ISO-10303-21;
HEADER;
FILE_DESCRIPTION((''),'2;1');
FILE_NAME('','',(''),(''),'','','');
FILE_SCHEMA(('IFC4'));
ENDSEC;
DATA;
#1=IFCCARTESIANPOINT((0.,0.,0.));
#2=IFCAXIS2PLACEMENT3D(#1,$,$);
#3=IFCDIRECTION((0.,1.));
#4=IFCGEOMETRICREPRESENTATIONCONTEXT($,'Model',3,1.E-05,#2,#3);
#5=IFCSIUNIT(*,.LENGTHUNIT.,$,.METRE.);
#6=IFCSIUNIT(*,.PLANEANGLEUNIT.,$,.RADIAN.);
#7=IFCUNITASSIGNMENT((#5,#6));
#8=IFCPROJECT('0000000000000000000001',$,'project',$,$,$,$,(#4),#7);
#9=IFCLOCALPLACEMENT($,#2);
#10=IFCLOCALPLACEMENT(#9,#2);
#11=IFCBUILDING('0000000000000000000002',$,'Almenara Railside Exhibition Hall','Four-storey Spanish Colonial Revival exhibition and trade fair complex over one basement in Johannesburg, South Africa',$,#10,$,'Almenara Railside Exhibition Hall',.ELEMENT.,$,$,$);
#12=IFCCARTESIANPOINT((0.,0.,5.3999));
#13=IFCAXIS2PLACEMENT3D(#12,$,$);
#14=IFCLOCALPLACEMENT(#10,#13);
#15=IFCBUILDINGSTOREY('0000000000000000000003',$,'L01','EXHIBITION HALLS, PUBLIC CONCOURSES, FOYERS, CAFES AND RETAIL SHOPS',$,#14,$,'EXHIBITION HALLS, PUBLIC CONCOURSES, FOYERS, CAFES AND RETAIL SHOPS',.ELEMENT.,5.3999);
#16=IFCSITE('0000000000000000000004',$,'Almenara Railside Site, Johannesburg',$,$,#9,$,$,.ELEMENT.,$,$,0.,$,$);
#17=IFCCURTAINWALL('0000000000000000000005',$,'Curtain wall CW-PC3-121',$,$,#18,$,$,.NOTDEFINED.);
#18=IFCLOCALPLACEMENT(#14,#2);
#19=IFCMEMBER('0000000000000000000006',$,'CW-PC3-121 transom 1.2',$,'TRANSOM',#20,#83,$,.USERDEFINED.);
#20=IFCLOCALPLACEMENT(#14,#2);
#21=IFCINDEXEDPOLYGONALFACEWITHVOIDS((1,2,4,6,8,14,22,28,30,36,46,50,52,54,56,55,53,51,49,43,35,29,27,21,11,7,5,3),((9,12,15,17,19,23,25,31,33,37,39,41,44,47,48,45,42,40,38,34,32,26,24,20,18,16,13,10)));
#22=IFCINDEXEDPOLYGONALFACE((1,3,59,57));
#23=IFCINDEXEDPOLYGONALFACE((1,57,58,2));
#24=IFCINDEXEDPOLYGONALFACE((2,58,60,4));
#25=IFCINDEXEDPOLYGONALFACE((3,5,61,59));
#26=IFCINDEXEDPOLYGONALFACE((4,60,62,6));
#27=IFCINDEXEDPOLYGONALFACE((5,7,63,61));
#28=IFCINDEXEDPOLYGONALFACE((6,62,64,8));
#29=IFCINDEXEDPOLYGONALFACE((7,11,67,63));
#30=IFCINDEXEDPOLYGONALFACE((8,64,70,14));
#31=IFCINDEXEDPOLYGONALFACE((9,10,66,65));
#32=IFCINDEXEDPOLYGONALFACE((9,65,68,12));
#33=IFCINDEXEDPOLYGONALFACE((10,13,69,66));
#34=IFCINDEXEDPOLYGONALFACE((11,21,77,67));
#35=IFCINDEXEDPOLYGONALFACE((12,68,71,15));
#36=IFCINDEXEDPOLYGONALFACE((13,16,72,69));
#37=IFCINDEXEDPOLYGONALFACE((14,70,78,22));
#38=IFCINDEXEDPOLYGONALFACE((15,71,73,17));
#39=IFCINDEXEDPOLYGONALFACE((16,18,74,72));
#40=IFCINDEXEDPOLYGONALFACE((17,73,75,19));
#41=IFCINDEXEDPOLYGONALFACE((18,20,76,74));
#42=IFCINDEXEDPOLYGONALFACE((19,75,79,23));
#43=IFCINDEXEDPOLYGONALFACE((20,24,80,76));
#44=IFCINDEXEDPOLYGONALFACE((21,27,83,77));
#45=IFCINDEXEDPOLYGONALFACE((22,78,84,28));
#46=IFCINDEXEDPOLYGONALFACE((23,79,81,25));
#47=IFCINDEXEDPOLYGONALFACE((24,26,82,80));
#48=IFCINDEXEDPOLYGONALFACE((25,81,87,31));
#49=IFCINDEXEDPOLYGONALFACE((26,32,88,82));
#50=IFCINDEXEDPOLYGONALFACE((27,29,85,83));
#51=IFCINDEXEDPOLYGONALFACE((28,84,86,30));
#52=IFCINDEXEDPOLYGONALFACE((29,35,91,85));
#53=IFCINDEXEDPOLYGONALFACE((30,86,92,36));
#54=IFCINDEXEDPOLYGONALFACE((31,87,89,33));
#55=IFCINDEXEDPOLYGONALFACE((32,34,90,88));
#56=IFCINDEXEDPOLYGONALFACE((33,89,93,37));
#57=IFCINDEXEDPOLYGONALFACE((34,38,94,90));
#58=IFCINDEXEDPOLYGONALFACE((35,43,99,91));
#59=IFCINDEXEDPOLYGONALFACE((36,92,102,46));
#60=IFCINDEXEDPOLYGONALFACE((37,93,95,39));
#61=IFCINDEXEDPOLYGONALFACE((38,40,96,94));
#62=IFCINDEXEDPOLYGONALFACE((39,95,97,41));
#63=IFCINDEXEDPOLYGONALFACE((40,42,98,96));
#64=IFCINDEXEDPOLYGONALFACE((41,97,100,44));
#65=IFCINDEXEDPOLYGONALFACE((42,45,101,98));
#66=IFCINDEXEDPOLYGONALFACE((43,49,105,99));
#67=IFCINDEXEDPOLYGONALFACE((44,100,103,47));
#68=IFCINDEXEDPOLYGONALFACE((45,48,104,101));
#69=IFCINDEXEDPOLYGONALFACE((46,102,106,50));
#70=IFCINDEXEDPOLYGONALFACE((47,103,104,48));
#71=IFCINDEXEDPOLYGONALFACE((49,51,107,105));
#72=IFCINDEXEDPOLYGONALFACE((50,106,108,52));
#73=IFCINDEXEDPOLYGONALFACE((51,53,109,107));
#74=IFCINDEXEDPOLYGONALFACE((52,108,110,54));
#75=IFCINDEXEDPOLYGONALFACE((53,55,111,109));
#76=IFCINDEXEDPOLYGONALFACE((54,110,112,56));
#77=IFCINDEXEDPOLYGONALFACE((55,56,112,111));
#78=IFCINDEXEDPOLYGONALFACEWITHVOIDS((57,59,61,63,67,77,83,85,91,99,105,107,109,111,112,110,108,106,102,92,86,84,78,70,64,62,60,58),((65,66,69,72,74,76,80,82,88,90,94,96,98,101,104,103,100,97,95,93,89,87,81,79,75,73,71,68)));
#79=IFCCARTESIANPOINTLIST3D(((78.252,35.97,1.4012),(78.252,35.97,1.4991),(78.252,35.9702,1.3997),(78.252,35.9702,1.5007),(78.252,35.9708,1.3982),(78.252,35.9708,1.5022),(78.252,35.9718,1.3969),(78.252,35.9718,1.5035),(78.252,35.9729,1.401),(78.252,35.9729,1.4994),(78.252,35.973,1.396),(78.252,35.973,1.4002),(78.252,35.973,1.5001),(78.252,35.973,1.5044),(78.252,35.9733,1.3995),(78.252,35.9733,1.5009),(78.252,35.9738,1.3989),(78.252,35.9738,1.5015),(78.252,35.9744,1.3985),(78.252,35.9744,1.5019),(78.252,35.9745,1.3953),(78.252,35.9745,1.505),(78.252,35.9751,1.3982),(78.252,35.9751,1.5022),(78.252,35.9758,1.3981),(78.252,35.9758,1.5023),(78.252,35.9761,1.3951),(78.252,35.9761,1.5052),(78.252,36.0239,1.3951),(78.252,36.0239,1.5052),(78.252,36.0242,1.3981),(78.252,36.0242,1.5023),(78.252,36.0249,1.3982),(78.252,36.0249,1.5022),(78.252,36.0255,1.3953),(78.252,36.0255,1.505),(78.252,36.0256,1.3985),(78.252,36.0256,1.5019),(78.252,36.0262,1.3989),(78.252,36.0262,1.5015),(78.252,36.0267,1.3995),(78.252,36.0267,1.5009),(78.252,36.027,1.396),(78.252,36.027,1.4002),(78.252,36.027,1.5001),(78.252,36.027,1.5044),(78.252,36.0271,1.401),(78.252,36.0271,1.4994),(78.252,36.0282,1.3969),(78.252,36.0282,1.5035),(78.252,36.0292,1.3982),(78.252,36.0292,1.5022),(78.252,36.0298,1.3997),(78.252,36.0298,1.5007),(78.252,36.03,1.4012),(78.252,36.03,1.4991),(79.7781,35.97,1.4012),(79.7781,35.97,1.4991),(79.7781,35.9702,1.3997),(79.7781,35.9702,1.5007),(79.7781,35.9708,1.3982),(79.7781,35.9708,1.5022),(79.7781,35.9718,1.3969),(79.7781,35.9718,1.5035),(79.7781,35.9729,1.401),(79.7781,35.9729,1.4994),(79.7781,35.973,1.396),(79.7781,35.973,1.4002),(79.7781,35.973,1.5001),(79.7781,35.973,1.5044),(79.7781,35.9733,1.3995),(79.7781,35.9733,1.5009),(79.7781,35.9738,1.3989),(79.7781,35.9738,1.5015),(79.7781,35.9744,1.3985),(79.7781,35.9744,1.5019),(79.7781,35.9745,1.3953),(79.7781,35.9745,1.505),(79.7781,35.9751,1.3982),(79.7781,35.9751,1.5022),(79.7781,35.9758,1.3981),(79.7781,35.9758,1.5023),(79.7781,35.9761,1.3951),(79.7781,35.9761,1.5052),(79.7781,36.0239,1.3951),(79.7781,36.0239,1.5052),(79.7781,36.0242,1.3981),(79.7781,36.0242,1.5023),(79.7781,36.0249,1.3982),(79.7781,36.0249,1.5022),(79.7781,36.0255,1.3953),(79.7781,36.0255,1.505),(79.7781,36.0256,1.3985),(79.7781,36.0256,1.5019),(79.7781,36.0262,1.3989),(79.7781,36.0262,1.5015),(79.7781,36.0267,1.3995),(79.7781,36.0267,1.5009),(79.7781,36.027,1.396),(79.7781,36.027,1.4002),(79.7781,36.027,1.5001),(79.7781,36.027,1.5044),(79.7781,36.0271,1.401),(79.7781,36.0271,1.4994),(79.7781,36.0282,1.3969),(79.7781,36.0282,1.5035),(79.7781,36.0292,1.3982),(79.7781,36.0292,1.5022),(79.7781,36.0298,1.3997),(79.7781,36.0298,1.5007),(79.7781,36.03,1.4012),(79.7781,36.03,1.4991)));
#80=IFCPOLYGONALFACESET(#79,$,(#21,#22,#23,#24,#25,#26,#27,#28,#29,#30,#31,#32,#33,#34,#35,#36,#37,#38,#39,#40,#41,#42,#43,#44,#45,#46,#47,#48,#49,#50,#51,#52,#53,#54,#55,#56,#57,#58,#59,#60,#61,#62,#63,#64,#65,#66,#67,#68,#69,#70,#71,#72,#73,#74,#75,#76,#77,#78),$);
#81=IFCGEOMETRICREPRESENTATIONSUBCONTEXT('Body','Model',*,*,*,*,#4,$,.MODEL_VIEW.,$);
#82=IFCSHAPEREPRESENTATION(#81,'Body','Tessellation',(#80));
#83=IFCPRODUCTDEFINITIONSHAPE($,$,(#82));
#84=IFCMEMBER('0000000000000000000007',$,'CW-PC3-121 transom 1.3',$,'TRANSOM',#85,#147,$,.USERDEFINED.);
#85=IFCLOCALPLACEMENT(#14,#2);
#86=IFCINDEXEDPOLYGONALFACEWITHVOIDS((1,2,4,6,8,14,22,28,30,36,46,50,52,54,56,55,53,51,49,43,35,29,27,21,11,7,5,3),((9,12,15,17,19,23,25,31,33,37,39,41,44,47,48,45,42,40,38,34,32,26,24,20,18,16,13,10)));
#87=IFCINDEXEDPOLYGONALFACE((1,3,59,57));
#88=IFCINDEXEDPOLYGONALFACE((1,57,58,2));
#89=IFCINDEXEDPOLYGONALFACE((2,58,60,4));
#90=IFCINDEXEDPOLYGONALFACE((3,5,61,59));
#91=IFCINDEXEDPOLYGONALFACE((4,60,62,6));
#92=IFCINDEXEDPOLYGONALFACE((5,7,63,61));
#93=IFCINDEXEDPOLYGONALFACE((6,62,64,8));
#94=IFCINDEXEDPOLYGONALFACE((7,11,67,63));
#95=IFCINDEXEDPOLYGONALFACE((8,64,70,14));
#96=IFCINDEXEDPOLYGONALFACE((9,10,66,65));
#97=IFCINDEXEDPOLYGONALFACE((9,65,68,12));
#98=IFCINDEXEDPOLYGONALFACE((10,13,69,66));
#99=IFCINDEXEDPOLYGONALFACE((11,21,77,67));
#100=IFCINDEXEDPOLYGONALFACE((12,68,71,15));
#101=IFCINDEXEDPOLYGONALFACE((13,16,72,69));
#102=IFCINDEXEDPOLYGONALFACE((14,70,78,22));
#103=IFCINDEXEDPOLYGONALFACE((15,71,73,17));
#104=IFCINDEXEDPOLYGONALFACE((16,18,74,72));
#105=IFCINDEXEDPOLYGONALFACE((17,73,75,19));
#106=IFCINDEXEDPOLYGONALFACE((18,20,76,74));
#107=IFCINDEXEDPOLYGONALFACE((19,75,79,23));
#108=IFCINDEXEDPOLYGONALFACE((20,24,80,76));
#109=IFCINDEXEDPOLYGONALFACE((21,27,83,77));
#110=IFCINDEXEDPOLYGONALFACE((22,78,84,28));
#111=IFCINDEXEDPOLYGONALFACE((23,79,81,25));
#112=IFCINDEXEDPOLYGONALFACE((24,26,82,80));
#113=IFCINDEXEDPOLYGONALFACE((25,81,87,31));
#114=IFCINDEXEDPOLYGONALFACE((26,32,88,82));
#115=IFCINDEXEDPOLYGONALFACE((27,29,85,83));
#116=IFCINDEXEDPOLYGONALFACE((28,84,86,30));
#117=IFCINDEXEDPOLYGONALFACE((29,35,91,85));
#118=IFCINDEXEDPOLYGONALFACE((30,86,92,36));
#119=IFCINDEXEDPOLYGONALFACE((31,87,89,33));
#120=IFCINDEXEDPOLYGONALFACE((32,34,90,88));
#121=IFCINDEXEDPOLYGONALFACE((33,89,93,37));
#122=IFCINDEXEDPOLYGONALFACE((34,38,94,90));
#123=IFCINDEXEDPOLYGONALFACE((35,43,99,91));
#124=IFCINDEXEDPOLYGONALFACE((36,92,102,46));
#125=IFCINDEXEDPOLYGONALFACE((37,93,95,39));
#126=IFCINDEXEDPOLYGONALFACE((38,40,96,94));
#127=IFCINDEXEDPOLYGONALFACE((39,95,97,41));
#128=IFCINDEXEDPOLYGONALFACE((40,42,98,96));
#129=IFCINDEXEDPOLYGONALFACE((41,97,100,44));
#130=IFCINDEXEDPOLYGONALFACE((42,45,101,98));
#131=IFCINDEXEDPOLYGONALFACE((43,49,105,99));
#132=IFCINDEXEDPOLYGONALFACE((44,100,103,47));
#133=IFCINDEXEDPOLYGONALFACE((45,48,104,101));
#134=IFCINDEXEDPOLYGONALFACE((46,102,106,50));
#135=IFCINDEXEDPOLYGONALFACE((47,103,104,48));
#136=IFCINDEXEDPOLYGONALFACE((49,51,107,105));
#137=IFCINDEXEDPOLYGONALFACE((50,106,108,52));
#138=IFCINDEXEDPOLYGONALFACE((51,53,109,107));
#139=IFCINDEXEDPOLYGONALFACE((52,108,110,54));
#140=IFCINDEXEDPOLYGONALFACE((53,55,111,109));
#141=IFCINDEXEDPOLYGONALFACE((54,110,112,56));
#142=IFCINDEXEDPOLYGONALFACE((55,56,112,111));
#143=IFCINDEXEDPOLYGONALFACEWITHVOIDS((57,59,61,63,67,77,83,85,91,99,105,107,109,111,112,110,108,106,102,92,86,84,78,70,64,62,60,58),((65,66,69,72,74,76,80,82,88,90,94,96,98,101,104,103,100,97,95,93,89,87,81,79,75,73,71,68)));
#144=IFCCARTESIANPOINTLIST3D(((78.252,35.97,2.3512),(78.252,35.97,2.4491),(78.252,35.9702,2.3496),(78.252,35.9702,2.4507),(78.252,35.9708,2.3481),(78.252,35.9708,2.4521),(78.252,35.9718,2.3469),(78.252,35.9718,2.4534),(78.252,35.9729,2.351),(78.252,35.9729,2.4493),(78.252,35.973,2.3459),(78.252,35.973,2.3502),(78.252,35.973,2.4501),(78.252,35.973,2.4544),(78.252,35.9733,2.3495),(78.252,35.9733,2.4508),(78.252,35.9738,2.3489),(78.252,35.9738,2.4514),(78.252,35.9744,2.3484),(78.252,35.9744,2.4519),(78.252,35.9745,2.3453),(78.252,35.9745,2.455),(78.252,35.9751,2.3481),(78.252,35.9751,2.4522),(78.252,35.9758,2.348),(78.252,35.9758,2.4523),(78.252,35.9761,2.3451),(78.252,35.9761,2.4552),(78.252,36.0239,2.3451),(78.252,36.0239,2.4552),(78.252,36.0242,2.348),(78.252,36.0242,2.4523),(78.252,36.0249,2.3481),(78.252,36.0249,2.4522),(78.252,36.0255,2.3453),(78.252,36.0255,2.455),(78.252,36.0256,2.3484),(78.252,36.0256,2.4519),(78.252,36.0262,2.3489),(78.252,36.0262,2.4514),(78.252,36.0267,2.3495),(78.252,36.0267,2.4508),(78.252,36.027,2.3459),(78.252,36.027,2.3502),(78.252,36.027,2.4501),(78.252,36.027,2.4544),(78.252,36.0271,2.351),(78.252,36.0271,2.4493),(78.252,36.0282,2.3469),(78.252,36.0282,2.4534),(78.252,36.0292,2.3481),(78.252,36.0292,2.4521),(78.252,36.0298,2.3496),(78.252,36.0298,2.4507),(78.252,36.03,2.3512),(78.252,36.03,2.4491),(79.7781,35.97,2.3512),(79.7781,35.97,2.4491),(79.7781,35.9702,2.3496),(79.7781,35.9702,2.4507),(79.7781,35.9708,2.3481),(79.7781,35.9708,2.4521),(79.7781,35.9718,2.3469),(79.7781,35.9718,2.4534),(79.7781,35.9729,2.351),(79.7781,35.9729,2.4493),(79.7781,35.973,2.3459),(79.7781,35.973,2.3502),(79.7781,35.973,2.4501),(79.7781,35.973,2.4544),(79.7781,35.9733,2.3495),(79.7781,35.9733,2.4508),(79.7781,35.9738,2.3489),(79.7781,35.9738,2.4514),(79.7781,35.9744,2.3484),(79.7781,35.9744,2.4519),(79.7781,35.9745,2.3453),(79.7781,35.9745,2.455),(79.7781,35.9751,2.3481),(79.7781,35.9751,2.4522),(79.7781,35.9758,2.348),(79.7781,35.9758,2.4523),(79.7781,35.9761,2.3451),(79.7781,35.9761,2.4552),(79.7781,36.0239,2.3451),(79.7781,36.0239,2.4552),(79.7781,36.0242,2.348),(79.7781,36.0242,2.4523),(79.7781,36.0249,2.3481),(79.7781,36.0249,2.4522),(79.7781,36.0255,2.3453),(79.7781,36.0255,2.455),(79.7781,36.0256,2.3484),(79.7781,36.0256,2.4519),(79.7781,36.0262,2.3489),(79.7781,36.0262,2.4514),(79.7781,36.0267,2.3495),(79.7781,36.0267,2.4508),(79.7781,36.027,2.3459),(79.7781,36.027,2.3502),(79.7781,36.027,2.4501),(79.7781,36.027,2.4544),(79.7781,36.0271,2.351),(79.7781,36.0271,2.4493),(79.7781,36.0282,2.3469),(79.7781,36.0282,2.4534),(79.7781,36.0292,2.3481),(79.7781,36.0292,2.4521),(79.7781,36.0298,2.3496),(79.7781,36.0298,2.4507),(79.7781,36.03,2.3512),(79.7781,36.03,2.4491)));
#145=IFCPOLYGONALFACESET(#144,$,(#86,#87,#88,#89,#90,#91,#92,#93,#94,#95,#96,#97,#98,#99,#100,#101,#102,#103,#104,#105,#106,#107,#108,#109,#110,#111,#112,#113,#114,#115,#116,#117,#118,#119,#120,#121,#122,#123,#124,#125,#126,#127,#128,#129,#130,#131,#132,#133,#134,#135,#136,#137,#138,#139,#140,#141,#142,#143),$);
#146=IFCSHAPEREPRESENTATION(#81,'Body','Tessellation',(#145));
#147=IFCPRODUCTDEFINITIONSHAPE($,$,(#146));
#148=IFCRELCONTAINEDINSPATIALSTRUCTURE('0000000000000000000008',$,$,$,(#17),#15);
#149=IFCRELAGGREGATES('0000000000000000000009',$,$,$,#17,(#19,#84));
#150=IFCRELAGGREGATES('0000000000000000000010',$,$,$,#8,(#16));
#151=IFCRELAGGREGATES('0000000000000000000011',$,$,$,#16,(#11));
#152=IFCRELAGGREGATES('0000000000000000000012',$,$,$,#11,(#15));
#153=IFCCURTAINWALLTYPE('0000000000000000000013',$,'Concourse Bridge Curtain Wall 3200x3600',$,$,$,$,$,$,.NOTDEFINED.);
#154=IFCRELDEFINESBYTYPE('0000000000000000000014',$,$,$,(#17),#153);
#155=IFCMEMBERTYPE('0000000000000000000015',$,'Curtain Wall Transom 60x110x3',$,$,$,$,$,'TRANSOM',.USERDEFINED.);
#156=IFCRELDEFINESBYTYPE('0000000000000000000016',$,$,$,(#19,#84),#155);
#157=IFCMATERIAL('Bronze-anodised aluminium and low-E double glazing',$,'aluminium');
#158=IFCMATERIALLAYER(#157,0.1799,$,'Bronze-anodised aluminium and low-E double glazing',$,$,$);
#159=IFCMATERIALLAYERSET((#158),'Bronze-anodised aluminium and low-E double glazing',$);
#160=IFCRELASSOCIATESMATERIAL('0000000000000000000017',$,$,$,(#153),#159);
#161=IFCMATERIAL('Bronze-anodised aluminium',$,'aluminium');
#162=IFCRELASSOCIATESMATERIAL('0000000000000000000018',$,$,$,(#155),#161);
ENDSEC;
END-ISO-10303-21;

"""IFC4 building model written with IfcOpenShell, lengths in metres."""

from ifc_helpers import new_model, si_unit, direction, frame, origin, origin_2d, place, context, subcontext, project, spatial, hollow_rectangle, extrude, material, layer, layer_set, material_profile, profile_set, type_object, element, aggregate, save


model = new_model("IFC4")

# Units and contexts
model_context = context("Model", 3, precision=1e-05, world=origin(), true_north=direction((0.0, 1.0)))
body_context = subcontext(model_context, "Body", "Model", "MODEL_VIEW")
ifc_project = project(units=[si_unit("LENGTHUNIT", "METRE"), si_unit("PLANEANGLEUNIT", "RADIAN")], contexts=[model_context])

# Site, building, storey
site_placement = place(None, origin())
site = spatial("IfcSite", under=ifc_project, at=site_placement, Name="Almenara Railside Site, Johannesburg", CompositionType="ELEMENT", RefElevation=0.0)
building_placement = place(site_placement, origin())
building = spatial("IfcBuilding", under=site, at=building_placement, Name="Almenara Railside Exhibition Hall", Description="Four-storey Spanish Colonial Revival exhibition and trade fair complex over one basement in Johannesburg, South Africa", LongName="Almenara Railside Exhibition Hall", CompositionType="ELEMENT")
storey_placement = place(building_placement, frame((0.0, 0.0, 5.3999)))
storey = spatial("IfcBuildingStorey", under=building, at=storey_placement, Name="L01", Description="EXHIBITION HALLS, PUBLIC CONCOURSES, FOYERS, CAFES AND RETAIL SHOPS", LongName="EXHIBITION HALLS, PUBLIC CONCOURSES, FOYERS, CAFES AND RETAIL SHOPS", CompositionType="ELEMENT", Elevation=5.3999)

# Curtain wall
ifc_material_1 = material(Name="Bronze-anodised aluminium and low-E double glazing", Category="aluminium")
ifc_layer_1 = layer(ifc_material_1, 0.1799, Name="Bronze-anodised aluminium and low-E double glazing")
ifc_layer_set_1 = layer_set([ifc_layer_1], Name="Bronze-anodised aluminium and low-E double glazing")
curtain_wall_type_1 = type_object("IfcCurtainWallType", Name="Concourse Bridge Curtain Wall 3200x3600", PredefinedType="NOTDEFINED", material=ifc_layer_set_1)
curtain_wall_1_placement = place(storey_placement, origin())
curtain_wall_1 = element("IfcCurtainWall", 1, at=curtain_wall_1_placement, inside=storey, type_object=curtain_wall_type_1, Name="Curtain wall CW-PC3-121", PredefinedType="NOTDEFINED")
ifc_material_2 = material(Name="Bronze-anodised aluminium", Category="aluminium")

# Members
ifc_material_profile_1 = material_profile(ifc_material_2, hollow_rectangle(XDim=0.0601, YDim=0.1101, WallThickness=0.0029, InnerFilletRadius=0.0029, OuterFilletRadius=0.0061, at=origin_2d()), Name="ALU-TRN 60x110x3")
ifc_profile_set_1 = profile_set([ifc_material_profile_1], Name="Bronze-anodised aluminium")
member_type_1 = type_object("IfcMemberType", Name="Curtain Wall Transom 60x110x3", ElementType="TRANSOM", PredefinedType="USERDEFINED", material=ifc_profile_set_1)
member_1_placement = place(storey_placement, frame((78.252, 36.0, 1.4502), z_axis=(1.0, 0.0, 0.0), x_axis=(0.0, 1.0, 0.0)))
member_1 = element("IfcMember", 2, at=member_1_placement, type_object=member_type_1, Name="CW-PC3-121 transom 1.2", ObjectType="TRANSOM", PredefinedType="USERDEFINED", context=body_context, shape_type="SweptSolid", body=[
    extrude(hollow_rectangle(XDim=0.0601, YDim=0.1101, WallThickness=0.0029, InnerFilletRadius=0.0029, OuterFilletRadius=0.0061, at=origin_2d()), origin(), (0.0, 0.0, 1.0), 1.5261),
])
member_2_placement = place(storey_placement, frame((78.252, 36.0, 2.4001), z_axis=(1.0, 0.0, 0.0), x_axis=(0.0, 1.0, 0.0)))
member_2 = element("IfcMember", 3, at=member_2_placement, type_object=member_type_1, Name="CW-PC3-121 transom 1.3", ObjectType="TRANSOM", PredefinedType="USERDEFINED", context=body_context, shape_type="SweptSolid", body=[
    extrude(hollow_rectangle(XDim=0.0601, YDim=0.1101, WallThickness=0.0029, InnerFilletRadius=0.0029, OuterFilletRadius=0.0061, at=origin_2d()), origin(), (0.0, 0.0, 1.0), 1.5261),
])
aggregate(curtain_wall_1, [member_1, member_2])

save(model, "model.ifc")
